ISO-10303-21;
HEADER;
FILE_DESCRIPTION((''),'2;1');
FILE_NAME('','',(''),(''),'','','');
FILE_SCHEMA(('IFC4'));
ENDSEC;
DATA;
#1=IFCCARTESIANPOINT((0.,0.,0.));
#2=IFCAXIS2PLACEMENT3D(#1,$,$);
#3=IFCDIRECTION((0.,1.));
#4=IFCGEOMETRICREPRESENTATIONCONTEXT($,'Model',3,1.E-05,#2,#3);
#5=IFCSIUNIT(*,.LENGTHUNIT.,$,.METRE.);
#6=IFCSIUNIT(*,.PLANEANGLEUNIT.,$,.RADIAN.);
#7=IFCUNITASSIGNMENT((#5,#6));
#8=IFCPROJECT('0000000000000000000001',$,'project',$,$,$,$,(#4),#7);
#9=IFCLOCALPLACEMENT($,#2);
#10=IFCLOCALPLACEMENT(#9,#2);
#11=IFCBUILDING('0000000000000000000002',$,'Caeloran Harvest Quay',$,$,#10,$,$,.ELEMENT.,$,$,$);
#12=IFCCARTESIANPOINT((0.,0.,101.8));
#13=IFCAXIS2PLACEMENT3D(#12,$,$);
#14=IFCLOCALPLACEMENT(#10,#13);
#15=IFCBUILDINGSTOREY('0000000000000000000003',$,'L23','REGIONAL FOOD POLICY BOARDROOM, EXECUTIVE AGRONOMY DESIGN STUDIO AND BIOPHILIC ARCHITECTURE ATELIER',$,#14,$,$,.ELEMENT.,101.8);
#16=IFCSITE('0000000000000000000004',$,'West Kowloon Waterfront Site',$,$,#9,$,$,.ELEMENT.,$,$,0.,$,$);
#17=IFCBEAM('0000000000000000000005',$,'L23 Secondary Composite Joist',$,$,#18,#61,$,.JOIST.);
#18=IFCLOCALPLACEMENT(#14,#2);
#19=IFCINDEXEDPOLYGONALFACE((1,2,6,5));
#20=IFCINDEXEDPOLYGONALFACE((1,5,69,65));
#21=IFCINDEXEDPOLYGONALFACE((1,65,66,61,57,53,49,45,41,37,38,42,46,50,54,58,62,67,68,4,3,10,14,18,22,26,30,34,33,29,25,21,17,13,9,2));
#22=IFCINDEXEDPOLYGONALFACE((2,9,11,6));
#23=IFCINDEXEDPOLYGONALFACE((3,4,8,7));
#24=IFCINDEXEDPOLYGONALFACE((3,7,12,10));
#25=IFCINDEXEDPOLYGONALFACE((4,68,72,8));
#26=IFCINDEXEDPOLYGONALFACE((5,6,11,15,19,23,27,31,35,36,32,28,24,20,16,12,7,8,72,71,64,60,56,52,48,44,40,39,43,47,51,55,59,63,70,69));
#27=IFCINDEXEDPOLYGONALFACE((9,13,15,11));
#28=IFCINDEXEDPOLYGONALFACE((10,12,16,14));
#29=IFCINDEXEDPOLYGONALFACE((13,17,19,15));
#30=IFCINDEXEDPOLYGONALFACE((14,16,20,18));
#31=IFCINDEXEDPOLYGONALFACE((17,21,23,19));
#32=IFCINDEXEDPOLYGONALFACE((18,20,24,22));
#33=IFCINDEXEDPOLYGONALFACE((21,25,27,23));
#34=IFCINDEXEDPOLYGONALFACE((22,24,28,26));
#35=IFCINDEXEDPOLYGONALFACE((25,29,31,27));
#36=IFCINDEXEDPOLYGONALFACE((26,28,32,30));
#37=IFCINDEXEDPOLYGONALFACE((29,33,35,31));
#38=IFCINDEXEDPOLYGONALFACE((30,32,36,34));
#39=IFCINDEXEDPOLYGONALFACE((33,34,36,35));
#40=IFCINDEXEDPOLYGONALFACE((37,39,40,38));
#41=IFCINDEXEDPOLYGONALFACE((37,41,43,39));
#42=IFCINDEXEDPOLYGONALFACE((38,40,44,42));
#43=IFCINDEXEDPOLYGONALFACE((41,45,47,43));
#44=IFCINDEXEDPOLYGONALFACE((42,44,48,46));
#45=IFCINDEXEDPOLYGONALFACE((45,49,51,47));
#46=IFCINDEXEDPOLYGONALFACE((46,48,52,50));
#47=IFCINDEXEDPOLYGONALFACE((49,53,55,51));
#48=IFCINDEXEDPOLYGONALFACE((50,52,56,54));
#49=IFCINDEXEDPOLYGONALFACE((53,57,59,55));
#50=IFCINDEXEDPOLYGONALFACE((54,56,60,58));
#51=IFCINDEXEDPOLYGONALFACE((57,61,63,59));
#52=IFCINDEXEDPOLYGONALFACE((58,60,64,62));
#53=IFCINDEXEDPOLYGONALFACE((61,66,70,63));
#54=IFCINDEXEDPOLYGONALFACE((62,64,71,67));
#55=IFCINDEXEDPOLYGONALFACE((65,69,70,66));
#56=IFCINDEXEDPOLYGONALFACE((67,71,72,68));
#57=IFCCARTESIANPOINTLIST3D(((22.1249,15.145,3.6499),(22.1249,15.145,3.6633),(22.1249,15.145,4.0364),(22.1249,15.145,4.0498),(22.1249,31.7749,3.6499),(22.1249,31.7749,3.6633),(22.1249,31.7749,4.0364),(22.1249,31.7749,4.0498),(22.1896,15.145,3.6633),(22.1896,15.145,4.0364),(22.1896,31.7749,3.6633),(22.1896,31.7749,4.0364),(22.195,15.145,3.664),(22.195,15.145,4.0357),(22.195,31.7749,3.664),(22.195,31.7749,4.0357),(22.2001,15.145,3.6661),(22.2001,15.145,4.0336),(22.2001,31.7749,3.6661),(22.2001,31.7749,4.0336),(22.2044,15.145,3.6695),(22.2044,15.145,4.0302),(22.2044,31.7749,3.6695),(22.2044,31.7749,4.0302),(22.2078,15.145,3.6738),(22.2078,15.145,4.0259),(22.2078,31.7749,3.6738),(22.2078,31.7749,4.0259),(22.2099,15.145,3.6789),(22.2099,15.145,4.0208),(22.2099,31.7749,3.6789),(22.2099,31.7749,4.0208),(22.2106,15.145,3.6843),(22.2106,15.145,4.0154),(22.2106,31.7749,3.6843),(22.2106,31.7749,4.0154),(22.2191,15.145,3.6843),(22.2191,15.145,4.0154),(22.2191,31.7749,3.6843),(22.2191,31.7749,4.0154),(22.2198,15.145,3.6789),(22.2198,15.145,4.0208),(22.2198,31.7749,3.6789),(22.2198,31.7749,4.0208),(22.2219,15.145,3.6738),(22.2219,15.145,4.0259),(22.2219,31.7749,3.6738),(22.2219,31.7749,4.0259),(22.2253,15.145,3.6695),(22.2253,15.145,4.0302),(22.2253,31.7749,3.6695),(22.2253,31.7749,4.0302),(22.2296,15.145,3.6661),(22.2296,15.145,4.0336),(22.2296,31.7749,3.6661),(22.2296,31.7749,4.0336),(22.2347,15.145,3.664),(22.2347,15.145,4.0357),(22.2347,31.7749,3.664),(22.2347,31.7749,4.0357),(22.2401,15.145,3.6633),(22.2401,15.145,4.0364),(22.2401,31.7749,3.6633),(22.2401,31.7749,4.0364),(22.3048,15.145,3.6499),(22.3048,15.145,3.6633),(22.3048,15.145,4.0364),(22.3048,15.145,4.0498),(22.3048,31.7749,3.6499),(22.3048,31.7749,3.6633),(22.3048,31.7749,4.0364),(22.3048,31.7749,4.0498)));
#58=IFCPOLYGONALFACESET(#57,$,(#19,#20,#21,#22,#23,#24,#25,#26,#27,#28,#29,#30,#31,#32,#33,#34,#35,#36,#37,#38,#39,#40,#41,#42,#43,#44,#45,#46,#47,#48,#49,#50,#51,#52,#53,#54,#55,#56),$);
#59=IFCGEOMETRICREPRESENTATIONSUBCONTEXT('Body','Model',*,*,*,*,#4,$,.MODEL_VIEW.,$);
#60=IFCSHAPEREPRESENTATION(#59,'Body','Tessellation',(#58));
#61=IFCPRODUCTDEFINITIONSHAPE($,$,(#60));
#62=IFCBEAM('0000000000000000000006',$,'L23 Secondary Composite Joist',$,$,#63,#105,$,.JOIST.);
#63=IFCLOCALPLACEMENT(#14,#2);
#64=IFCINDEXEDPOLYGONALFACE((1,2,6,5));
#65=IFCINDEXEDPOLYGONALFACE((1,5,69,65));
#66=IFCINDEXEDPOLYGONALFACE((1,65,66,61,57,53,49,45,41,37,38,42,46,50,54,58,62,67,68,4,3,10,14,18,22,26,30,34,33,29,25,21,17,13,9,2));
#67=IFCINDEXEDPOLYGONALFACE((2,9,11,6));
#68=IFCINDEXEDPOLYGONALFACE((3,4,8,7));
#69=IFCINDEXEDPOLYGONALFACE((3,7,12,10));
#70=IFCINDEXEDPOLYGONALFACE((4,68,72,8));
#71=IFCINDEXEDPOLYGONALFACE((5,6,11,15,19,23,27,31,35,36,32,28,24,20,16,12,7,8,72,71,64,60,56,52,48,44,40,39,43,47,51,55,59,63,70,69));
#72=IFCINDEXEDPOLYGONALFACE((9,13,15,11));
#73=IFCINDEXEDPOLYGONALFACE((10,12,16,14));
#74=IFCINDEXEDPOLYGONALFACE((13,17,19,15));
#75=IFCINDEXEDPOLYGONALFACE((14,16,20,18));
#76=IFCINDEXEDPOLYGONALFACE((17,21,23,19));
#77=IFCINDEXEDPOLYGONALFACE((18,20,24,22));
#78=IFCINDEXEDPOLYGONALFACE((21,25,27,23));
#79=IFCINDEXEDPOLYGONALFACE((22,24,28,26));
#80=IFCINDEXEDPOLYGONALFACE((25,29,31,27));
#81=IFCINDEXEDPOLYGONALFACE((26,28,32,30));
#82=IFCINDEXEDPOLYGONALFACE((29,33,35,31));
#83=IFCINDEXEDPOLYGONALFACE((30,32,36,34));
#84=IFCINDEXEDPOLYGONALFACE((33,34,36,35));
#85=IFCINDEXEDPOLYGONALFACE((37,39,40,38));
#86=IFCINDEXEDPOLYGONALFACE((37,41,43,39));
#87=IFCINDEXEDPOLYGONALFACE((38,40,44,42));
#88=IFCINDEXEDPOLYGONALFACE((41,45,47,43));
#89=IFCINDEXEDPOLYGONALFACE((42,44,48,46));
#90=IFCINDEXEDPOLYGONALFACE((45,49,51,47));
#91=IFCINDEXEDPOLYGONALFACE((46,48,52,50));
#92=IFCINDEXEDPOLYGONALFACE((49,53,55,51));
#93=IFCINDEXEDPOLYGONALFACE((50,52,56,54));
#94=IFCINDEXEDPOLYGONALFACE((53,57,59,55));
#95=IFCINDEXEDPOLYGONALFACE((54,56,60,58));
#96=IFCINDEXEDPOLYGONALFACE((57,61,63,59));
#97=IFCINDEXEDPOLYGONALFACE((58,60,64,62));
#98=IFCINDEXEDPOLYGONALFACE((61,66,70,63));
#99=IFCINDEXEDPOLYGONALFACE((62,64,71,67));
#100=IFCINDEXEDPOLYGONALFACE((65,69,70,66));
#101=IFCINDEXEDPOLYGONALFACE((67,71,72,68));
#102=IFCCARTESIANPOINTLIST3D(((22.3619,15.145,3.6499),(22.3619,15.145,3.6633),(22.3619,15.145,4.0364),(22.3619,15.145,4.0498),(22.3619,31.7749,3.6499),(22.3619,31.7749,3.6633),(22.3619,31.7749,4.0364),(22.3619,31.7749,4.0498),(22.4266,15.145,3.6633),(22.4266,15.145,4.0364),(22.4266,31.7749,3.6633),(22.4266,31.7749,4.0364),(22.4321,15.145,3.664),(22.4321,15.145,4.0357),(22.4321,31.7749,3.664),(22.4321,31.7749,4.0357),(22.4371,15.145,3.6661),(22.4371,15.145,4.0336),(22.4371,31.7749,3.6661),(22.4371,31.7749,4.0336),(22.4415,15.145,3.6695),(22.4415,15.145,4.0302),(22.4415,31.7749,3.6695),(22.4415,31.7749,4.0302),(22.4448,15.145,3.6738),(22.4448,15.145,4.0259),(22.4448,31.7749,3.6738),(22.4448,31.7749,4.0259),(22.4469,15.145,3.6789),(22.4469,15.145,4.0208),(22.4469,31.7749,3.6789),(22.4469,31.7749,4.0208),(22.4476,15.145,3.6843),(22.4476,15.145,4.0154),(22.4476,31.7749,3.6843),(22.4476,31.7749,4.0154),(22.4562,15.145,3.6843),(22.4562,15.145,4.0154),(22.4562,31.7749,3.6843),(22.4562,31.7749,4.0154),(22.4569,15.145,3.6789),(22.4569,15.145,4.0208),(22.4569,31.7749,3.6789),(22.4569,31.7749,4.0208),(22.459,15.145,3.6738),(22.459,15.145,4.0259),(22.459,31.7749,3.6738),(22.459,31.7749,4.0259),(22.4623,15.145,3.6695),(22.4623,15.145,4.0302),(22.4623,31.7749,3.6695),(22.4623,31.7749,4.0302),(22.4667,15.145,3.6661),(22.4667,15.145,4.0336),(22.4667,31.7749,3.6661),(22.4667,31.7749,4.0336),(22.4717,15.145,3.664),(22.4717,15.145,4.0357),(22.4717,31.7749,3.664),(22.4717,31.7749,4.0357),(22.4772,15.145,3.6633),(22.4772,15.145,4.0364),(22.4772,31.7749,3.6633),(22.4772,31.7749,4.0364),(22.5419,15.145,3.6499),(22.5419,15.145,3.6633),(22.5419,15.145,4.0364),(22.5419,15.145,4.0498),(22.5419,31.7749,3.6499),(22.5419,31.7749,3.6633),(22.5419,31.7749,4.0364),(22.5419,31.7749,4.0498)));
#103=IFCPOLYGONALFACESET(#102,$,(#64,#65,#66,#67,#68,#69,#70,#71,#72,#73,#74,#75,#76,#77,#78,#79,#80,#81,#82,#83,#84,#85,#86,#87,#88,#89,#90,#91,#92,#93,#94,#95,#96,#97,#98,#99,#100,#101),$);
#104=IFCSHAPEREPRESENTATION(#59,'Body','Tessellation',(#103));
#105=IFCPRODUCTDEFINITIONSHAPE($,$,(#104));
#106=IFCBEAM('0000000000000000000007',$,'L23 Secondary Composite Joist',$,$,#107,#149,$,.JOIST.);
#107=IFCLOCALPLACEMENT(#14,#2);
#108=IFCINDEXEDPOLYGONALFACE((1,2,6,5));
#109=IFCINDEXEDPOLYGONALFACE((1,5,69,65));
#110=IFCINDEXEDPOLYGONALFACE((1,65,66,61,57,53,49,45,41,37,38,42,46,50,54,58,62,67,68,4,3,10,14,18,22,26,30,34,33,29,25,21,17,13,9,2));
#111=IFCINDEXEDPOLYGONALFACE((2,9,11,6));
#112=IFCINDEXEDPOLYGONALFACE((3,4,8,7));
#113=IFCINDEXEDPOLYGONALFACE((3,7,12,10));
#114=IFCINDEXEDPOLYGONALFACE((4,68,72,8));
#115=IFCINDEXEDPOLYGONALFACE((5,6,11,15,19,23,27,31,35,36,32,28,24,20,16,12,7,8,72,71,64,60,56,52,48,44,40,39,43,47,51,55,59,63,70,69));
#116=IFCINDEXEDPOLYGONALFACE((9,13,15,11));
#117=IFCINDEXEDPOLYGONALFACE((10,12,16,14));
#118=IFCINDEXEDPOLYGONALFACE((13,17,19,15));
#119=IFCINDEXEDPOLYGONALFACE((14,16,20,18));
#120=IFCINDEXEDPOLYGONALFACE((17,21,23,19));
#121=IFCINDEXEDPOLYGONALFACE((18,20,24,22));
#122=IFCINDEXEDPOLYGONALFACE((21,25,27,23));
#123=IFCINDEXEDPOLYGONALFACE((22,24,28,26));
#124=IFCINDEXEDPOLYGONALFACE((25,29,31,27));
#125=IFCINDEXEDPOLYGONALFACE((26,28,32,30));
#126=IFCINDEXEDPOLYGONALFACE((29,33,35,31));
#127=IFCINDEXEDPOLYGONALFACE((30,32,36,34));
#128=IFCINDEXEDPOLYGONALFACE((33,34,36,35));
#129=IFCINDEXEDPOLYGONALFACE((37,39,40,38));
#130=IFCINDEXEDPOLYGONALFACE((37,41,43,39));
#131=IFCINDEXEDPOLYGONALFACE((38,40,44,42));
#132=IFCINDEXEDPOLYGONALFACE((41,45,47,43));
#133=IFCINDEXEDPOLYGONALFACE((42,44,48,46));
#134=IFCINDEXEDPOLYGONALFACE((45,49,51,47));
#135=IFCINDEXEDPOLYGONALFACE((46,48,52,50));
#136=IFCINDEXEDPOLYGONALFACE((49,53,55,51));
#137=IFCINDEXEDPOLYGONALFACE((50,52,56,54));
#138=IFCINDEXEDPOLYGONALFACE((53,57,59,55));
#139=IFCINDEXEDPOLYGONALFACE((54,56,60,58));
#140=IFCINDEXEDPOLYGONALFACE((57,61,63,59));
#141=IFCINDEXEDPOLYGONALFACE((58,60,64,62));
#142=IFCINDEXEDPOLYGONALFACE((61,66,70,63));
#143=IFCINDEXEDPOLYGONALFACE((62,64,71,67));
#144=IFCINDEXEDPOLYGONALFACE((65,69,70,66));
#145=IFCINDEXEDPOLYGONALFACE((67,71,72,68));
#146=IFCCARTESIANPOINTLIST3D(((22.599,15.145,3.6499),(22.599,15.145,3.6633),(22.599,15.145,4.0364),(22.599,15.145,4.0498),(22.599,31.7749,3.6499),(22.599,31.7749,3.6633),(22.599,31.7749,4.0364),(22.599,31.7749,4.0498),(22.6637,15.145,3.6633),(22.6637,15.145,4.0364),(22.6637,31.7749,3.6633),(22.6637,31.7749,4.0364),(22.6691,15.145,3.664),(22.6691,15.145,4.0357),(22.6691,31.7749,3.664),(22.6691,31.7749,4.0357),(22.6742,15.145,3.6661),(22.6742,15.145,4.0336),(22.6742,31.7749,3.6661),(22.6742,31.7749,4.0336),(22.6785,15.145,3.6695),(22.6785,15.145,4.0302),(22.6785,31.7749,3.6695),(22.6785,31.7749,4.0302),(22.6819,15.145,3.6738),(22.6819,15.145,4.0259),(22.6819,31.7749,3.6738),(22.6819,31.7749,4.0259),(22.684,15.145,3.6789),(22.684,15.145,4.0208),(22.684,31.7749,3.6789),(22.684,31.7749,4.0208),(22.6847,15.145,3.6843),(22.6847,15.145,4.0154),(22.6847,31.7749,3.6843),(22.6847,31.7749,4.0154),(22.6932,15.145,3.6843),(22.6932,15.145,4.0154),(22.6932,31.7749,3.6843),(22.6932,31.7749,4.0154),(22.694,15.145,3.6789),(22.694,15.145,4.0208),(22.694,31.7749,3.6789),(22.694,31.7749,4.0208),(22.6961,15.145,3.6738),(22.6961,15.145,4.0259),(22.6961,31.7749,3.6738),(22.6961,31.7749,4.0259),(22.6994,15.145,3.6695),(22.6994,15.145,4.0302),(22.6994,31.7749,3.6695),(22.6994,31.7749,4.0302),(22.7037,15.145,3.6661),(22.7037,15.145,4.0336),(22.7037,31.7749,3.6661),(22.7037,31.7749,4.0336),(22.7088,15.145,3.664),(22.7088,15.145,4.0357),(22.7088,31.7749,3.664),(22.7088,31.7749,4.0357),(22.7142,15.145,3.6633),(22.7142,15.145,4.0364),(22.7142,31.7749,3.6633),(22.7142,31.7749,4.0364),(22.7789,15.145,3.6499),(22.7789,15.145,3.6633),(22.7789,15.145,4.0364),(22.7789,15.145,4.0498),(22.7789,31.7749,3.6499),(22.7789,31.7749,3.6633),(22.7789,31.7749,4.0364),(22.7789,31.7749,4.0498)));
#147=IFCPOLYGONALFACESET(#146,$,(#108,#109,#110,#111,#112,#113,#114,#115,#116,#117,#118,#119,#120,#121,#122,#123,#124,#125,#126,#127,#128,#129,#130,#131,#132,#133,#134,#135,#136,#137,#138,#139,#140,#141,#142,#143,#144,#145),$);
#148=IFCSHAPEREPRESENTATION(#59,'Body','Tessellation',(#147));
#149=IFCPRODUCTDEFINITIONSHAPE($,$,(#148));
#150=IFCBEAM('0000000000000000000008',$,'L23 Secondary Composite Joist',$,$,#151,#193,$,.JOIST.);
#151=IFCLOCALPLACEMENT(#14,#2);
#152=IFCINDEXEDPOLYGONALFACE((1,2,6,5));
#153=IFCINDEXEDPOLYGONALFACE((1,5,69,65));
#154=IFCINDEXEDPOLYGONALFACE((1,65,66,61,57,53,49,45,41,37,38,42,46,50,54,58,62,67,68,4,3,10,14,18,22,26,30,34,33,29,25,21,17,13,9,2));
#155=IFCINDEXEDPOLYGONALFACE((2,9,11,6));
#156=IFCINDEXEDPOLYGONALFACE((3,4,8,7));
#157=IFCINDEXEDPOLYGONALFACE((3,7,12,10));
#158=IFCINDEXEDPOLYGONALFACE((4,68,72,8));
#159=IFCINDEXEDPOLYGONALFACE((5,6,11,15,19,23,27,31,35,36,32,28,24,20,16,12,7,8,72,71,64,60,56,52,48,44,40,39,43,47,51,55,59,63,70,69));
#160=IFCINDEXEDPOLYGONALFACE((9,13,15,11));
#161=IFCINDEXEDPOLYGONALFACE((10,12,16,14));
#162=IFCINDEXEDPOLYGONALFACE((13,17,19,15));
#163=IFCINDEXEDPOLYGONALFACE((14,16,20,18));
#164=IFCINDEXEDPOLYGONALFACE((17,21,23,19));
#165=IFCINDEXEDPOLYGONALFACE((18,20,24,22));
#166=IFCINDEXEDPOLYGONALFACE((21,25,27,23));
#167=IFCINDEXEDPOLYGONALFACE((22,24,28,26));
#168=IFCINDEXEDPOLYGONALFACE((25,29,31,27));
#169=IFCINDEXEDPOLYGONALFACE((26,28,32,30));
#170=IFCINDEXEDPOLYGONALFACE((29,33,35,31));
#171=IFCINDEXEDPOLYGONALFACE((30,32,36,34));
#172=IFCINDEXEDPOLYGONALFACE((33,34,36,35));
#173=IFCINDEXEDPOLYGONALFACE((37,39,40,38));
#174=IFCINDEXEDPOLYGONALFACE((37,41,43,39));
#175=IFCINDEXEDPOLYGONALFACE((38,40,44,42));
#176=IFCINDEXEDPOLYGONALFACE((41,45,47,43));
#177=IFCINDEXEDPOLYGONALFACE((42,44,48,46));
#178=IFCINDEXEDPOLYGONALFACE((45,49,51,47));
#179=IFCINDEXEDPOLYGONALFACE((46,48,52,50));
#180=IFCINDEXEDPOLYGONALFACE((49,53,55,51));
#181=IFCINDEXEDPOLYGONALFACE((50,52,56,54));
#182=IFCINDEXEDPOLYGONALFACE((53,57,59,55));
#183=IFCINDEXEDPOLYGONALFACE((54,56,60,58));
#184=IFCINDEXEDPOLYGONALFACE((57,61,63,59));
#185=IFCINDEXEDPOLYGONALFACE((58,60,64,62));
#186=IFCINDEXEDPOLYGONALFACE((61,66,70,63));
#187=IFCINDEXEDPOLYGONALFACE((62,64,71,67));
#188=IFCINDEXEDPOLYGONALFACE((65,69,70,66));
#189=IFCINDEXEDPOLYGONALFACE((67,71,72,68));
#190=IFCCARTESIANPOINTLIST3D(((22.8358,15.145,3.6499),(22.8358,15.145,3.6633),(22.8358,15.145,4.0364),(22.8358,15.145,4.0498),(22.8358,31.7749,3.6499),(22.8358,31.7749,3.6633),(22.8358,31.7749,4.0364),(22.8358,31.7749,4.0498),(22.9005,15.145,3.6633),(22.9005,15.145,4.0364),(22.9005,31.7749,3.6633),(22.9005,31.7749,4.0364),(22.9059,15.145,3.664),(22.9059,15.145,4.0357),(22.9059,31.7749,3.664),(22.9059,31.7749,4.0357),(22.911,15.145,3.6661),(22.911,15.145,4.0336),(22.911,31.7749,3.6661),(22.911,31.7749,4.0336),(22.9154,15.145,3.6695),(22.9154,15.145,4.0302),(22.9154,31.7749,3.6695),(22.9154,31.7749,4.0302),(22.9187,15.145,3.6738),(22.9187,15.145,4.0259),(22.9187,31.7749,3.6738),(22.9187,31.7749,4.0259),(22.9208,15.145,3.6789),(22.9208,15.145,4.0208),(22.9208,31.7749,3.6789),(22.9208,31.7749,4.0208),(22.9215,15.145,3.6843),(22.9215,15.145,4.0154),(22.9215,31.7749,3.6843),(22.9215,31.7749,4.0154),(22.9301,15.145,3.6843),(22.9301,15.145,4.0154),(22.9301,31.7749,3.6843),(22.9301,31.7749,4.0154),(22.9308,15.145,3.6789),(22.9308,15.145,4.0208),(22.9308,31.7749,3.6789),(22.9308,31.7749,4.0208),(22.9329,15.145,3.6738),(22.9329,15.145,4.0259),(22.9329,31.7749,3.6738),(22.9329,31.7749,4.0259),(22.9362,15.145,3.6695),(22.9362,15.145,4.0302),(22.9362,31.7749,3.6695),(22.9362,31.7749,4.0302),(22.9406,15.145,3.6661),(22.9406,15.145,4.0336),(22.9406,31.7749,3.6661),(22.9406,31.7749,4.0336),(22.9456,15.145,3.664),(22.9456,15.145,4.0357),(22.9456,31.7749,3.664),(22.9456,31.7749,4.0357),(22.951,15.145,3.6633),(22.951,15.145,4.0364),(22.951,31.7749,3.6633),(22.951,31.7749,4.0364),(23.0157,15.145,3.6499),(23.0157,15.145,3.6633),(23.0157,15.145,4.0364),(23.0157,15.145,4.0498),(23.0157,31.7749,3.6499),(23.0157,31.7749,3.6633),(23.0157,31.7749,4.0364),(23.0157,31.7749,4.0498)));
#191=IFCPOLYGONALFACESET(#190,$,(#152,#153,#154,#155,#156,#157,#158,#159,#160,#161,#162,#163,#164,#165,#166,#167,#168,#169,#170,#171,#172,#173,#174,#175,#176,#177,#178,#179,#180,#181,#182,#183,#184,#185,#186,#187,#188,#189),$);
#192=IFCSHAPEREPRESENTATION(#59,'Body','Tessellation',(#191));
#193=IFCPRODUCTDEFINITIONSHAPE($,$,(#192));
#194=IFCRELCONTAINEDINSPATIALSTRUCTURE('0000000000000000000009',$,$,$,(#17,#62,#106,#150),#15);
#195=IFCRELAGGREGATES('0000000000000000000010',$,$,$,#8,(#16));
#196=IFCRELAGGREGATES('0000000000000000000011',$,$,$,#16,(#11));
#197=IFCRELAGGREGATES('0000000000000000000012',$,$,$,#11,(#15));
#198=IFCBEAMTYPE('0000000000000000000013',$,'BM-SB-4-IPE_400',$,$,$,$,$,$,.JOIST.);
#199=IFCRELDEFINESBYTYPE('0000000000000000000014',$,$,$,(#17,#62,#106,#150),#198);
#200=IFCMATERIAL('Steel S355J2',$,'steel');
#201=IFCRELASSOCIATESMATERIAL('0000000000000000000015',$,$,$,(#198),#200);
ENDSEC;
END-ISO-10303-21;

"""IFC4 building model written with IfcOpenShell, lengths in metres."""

from ifc_helpers import new_model, si_unit, direction, frame, origin, origin_2d, place, context, subcontext, project, spatial, i_section, extrude, material, material_profile, profile_set, type_object, element, save


model = new_model("IFC4")

# Units and contexts
model_context = context("Model", 3, precision=1e-05, world=origin(), true_north=direction((0.0, 1.0)))
body_context = subcontext(model_context, "Body", "Model", "MODEL_VIEW")
ifc_project = project(units=[si_unit("LENGTHUNIT", "METRE"), si_unit("PLANEANGLEUNIT", "RADIAN")], contexts=[model_context])

# Site, building, storey
site_placement = place(None, origin())
site = spatial("IfcSite", under=ifc_project, at=site_placement, Name="West Kowloon Waterfront Site", CompositionType="ELEMENT", RefElevation=0.0)
building_placement = place(site_placement, origin())
building = spatial("IfcBuilding", under=site, at=building_placement, Name="Caeloran Harvest Quay", CompositionType="ELEMENT")
storey_placement = place(building_placement, frame((0.0, 0.0, 101.8)))
storey = spatial("IfcBuildingStorey", under=building, at=storey_placement, Name="L23", Description="REGIONAL FOOD POLICY BOARDROOM, EXECUTIVE AGRONOMY DESIGN STUDIO AND BIOPHILIC ARCHITECTURE ATELIER", CompositionType="ELEMENT", Elevation=101.8)

# Beams
ifc_material_1 = material(Name="Steel S355J2", Category="steel")
ifc_material_profile_1 = material_profile(ifc_material_1, i_section(OverallWidth=0.1799, OverallDepth=0.3999, WebThickness=0.0085, FlangeThickness=0.0134, FilletRadius=0.021, at=origin_2d()), Name="IPE 400")
ifc_profile_set_1 = profile_set([ifc_material_profile_1], Name="Steel S355J2")
beam_type_1 = type_object("IfcBeamType", Name="BM-SB-4-IPE_400", PredefinedType="JOIST", material=ifc_profile_set_1)
for number, where, z_axis, x_axis, name in (
    (1, (22.2148, 15.145, 3.8499), (0.0, 1.0, 0.0), (-1.0, 0.0, 0.0), "L23 Secondary Composite Joist"),
    (2, (22.4519, 15.145, 3.8499), (0.0, 1.0, 0.0), (-1.0, 0.0, 0.0), "L23 Secondary Composite Joist"),
    (3, (22.689, 15.145, 3.8499), (0.0, 1.0, 0.0), (-1.0, 0.0, 0.0), "L23 Secondary Composite Joist"),
    (4, (22.9258, 15.145, 3.8499), (0.0, 1.0, 0.0), (-1.0, 0.0, 0.0), "L23 Secondary Composite Joist"),
):
    element("IfcBeam", number, at=place(storey_placement, frame(where, z_axis=z_axis, x_axis=x_axis)), inside=storey, type_object=beam_type_1, Name=name, PredefinedType="JOIST", context=body_context, shape_type="SweptSolid", body=[
        extrude(i_section(OverallWidth=0.1799, OverallDepth=0.3999, WebThickness=0.0085, FlangeThickness=0.0134, FilletRadius=0.021, at=origin_2d()), origin(), (0.0, 0.0, 1.0), 16.6299),
    ])

save(model, "model.ifc")
